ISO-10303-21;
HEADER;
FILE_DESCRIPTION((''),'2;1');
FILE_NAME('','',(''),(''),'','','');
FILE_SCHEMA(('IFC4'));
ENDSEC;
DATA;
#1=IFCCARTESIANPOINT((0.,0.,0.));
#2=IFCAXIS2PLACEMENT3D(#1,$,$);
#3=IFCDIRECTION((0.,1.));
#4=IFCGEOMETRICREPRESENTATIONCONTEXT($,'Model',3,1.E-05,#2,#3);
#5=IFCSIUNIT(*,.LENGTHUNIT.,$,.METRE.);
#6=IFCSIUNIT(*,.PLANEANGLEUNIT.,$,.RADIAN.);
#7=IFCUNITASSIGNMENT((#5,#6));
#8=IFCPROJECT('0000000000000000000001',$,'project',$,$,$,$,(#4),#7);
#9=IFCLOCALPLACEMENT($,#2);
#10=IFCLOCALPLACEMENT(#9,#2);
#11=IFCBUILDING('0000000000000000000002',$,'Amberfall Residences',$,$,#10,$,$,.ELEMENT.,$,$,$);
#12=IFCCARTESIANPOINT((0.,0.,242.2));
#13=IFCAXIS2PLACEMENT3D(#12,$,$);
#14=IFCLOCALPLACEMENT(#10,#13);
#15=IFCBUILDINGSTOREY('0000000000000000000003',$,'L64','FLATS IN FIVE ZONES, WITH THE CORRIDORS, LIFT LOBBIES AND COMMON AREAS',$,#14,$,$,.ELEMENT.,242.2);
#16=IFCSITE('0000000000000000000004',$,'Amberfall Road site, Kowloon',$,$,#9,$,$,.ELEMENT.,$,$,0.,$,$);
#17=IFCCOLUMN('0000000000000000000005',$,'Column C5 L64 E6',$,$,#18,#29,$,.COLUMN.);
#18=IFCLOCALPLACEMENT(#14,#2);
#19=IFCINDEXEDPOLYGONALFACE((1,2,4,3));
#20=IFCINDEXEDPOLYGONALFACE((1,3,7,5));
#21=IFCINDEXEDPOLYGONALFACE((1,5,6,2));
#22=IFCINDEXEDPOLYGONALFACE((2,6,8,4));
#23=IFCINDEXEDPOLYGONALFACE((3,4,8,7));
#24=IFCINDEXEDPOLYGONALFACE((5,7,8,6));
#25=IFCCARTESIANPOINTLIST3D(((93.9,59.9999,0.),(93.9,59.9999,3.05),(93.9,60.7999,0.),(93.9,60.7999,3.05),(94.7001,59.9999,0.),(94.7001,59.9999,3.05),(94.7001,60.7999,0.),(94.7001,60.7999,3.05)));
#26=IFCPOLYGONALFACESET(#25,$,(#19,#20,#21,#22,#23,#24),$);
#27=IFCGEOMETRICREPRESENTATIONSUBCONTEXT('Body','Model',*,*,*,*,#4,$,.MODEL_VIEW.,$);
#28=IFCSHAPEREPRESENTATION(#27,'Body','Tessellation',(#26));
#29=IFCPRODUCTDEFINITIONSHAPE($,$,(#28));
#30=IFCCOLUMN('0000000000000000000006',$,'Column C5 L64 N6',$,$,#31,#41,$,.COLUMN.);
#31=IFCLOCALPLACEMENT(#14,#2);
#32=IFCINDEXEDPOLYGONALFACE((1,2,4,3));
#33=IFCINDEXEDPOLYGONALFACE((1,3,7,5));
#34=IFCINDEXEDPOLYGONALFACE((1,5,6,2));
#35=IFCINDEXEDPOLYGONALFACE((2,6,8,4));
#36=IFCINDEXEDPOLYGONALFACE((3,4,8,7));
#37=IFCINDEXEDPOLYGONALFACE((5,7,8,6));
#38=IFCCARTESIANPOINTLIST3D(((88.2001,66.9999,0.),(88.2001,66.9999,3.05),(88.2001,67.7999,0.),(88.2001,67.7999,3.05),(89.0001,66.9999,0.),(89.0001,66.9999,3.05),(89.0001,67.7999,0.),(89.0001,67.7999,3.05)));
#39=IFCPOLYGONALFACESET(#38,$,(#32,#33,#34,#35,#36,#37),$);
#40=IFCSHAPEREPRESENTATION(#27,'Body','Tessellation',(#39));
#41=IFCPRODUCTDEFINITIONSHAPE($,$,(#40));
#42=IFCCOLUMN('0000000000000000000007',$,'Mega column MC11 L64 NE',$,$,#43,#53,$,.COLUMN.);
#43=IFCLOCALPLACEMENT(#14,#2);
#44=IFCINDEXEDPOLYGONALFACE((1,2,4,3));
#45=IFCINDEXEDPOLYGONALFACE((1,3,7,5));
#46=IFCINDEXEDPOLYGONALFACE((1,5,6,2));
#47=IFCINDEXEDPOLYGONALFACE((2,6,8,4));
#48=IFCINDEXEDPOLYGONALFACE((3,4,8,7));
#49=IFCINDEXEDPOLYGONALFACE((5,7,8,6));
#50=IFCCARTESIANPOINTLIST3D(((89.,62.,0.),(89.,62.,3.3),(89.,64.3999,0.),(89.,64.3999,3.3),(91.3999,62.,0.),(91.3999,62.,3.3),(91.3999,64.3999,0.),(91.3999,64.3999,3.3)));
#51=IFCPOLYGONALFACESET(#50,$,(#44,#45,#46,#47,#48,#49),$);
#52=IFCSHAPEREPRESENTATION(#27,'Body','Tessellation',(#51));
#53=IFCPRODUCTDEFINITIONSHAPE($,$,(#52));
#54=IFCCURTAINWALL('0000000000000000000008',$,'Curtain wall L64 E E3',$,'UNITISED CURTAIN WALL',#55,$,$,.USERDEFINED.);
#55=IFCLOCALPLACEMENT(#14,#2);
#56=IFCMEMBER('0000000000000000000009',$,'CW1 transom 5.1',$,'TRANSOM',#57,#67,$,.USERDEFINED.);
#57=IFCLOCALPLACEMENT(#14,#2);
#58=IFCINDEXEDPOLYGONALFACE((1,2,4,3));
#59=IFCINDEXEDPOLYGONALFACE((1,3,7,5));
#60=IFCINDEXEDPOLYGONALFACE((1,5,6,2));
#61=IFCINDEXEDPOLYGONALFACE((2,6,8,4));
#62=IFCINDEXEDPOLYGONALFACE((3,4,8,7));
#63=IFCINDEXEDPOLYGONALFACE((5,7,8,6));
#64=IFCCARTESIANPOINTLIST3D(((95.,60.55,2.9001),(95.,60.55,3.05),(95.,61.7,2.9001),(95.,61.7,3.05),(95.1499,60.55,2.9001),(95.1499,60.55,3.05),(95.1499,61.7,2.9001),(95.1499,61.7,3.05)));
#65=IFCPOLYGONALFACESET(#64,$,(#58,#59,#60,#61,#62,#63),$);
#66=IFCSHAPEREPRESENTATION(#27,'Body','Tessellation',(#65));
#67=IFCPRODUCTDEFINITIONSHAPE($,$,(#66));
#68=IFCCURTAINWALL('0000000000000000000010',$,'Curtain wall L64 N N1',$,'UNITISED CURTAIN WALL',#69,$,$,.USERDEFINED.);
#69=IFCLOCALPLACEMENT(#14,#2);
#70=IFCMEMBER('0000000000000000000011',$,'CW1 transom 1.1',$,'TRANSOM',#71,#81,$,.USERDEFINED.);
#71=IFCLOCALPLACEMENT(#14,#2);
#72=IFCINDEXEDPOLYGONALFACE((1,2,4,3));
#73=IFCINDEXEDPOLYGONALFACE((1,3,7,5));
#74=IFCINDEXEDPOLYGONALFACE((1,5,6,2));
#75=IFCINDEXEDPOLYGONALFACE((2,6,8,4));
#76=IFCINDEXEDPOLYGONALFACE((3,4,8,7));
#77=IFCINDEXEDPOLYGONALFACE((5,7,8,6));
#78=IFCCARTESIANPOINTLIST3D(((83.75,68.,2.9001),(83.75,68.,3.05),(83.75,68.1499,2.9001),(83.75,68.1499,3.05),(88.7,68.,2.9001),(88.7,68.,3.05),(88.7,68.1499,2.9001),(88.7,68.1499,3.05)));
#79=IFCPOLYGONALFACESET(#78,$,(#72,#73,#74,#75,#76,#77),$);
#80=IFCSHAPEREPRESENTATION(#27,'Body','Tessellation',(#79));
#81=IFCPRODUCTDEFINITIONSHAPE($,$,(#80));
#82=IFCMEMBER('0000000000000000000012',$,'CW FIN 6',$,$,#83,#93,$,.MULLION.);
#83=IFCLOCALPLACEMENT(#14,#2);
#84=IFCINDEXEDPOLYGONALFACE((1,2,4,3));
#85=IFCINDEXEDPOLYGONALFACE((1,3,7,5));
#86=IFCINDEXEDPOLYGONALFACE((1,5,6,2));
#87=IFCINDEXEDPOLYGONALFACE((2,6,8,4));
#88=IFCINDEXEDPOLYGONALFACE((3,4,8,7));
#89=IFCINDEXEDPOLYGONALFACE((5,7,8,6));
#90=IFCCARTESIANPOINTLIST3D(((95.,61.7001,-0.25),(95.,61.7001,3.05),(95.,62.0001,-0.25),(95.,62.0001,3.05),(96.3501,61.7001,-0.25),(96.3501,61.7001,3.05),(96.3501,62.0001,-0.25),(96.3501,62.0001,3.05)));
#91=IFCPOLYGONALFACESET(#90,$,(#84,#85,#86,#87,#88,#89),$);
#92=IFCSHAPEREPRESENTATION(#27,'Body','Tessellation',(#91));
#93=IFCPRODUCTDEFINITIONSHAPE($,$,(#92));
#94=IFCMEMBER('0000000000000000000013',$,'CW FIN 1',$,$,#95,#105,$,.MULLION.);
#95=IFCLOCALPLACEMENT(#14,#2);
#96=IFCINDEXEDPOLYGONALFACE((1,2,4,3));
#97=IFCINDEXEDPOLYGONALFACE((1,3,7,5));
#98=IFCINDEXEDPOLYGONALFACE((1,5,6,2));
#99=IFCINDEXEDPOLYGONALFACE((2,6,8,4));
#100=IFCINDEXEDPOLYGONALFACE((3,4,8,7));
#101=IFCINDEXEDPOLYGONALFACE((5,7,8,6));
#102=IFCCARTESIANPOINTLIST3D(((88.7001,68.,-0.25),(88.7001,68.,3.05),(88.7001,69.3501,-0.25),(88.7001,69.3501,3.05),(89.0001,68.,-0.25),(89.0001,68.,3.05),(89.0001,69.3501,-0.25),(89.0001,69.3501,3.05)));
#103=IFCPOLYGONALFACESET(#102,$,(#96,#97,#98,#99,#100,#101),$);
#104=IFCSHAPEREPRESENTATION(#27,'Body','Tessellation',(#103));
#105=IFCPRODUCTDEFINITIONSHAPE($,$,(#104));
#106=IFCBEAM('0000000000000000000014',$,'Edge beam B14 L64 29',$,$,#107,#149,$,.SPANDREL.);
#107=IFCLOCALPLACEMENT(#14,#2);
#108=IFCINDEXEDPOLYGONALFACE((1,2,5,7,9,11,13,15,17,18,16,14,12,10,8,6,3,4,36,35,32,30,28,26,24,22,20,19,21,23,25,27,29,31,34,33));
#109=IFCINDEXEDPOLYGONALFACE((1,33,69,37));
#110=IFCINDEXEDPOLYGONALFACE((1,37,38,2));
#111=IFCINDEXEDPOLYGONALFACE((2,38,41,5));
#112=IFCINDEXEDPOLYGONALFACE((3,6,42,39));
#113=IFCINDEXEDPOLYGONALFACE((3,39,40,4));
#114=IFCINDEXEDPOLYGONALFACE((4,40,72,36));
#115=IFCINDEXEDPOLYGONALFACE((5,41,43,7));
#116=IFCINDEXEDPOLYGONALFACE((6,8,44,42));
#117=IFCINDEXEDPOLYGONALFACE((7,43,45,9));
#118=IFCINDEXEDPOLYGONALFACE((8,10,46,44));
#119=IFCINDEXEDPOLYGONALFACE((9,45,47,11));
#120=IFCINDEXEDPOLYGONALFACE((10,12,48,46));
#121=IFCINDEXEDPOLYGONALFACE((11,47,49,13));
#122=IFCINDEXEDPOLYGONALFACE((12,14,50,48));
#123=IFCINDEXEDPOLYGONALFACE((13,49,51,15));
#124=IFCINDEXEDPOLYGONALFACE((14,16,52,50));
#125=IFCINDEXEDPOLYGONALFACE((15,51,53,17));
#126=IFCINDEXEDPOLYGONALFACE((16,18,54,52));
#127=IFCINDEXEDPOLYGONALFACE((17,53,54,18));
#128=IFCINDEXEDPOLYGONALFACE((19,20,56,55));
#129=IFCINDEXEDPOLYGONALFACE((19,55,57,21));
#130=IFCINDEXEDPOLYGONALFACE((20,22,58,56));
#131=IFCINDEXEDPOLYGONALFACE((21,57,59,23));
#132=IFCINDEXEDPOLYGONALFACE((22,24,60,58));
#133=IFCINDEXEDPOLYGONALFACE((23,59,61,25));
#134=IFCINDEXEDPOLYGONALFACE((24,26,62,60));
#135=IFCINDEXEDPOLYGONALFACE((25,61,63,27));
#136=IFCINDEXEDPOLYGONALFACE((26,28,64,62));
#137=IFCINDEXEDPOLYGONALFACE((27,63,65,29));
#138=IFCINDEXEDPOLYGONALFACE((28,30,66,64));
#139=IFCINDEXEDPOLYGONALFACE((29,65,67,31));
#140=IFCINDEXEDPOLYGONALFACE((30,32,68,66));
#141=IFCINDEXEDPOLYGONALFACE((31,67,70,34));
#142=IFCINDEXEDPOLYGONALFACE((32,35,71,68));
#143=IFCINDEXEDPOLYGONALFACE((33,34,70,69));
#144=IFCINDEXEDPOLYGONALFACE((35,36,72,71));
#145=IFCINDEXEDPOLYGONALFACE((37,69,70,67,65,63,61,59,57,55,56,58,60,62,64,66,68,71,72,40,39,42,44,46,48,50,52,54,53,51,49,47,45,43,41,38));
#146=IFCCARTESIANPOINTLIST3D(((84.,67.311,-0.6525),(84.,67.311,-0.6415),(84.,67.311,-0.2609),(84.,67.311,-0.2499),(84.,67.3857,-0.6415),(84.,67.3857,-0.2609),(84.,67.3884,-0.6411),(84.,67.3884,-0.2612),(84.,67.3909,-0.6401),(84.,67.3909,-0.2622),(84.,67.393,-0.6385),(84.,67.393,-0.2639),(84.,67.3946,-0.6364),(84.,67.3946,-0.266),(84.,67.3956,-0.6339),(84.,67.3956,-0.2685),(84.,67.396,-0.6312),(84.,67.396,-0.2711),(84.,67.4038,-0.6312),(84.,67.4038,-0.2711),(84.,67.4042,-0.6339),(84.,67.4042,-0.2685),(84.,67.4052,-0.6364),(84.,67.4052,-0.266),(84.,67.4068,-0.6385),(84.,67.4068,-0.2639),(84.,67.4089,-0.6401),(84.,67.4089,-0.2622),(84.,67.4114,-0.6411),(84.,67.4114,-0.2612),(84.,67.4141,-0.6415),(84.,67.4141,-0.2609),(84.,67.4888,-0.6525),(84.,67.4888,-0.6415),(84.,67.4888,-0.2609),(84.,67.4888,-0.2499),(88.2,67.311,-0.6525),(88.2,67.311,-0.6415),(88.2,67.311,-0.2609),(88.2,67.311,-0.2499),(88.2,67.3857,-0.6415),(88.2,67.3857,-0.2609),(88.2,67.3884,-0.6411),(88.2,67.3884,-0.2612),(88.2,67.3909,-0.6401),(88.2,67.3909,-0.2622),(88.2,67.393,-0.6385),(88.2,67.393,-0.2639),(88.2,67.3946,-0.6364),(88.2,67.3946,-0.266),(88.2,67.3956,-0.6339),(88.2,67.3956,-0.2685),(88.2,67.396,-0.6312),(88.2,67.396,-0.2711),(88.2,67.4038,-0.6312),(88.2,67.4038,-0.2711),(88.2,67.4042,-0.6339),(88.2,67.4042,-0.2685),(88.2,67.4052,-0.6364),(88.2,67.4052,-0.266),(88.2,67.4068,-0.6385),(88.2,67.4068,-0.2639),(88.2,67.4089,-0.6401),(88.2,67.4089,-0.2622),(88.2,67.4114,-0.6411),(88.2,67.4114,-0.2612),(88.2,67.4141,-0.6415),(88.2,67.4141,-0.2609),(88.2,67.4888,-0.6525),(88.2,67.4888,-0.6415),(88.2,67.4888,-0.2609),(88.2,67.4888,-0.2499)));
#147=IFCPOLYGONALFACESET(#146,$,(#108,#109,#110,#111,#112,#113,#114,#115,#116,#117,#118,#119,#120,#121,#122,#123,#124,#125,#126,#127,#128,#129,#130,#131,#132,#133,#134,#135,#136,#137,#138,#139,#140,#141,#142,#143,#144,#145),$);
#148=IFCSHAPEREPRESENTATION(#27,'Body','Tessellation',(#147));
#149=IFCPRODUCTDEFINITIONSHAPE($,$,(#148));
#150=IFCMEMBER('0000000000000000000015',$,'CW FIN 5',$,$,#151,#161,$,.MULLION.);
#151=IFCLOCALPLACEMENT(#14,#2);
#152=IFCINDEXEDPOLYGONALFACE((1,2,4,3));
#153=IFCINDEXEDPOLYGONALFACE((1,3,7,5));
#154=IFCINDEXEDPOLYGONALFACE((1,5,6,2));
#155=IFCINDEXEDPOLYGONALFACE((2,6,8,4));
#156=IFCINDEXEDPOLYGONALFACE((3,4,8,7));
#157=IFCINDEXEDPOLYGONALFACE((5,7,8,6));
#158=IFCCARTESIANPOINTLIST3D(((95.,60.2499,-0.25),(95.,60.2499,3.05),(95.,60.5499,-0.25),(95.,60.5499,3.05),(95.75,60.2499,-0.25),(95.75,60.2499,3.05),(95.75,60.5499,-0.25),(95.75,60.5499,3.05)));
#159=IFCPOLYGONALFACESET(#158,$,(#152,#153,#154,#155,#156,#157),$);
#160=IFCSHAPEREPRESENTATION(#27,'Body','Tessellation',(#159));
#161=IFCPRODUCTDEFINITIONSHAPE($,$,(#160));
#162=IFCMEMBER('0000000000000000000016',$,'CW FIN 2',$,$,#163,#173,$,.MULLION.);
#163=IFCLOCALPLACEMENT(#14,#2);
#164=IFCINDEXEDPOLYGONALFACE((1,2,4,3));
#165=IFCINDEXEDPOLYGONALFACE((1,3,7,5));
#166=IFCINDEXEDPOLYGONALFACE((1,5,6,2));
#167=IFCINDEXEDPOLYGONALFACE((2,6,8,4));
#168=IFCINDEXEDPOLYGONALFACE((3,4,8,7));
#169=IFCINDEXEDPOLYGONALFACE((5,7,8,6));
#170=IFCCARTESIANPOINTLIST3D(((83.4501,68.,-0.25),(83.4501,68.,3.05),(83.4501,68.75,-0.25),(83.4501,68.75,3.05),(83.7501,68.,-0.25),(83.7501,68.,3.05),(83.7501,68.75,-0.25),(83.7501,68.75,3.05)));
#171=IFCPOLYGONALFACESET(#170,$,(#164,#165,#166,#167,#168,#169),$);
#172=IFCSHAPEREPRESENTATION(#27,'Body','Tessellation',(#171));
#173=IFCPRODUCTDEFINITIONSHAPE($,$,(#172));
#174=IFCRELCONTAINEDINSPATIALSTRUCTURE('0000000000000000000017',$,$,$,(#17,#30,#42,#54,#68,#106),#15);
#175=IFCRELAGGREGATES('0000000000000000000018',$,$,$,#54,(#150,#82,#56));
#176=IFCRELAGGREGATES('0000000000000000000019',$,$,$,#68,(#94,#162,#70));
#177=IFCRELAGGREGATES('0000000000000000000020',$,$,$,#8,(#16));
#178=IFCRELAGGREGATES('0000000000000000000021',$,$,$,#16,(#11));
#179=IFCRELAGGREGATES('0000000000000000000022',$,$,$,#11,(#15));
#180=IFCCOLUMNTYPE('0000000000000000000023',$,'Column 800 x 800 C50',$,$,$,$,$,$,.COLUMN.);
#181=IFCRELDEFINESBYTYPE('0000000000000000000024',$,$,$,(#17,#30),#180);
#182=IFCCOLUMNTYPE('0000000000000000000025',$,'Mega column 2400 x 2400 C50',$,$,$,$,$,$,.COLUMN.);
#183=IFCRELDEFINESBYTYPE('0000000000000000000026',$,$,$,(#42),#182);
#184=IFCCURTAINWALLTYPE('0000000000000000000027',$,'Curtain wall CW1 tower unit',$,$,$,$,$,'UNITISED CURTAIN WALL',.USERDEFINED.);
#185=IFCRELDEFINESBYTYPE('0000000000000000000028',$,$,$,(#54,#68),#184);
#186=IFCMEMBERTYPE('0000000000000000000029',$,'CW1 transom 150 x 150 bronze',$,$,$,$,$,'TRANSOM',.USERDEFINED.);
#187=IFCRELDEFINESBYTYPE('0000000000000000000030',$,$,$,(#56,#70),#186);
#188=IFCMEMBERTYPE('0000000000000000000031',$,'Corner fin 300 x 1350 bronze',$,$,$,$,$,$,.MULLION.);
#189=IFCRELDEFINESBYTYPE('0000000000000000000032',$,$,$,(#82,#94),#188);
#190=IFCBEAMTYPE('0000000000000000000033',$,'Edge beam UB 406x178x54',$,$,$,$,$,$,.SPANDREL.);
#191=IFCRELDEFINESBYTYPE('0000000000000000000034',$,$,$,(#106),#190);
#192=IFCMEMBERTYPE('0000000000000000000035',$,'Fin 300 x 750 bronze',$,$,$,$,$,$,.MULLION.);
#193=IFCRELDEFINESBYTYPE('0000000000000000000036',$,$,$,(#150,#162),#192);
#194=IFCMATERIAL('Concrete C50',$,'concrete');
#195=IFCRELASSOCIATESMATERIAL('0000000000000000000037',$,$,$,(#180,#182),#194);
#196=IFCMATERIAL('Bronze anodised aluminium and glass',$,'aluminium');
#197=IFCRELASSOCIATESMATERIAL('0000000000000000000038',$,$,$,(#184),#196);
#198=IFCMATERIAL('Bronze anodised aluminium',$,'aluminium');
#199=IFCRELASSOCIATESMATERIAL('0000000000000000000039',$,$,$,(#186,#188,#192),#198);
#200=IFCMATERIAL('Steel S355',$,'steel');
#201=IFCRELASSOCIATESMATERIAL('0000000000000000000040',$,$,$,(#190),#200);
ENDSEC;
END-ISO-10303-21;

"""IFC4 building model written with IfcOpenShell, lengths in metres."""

from ifc_helpers import new_model, si_unit, direction, frame, origin, origin_2d, place, context, subcontext, project, spatial, rectangle, i_section, extrude, material, material_profile, profile_set, type_object, element, aggregate, save


model = new_model("IFC4")

# Units and contexts
model_context = context("Model", 3, precision=1e-05, world=origin(), true_north=direction((0.0, 1.0)))
body_context = subcontext(model_context, "Body", "Model", "MODEL_VIEW")
ifc_project = project(units=[si_unit("LENGTHUNIT", "METRE"), si_unit("PLANEANGLEUNIT", "RADIAN")], contexts=[model_context])

# Site, building, storey
site_placement = place(None, origin())
site = spatial("IfcSite", under=ifc_project, at=site_placement, Name="Amberfall Road site, Kowloon", CompositionType="ELEMENT", RefElevation=0.0)
building_placement = place(site_placement, origin())
building = spatial("IfcBuilding", under=site, at=building_placement, Name="Amberfall Residences", CompositionType="ELEMENT")
storey_placement = place(building_placement, frame((0.0, 0.0, 242.2)))
storey = spatial("IfcBuildingStorey", under=building, at=storey_placement, Name="L64", Description="FLATS IN FIVE ZONES, WITH THE CORRIDORS, LIFT LOBBIES AND COMMON AREAS", CompositionType="ELEMENT", Elevation=242.2)

# Columns
ifc_material_1 = material(Name="Concrete C50", Category="concrete")
ifc_material_profile_1 = material_profile(ifc_material_1, rectangle(XDim=0.8, YDim=0.8, at=origin_2d()), Name="Column 800 x 800 C50")
ifc_profile_set_1 = profile_set([ifc_material_profile_1], Name="Concrete C50")
column_type_1 = type_object("IfcColumnType", Name="Column 800 x 800 C50", PredefinedType="COLUMN", material=ifc_profile_set_1)
for number, where, z_axis, x_axis, name in (
    (1, (94.3, 60.3999, 0.0), (0.0, 0.0, 1.0), (1.0, 0.0, 0.0), "Column C5 L64 E6"),
    (2, (88.6001, 67.3999, 0.0), (0.0, 0.0, 1.0), (1.0, 0.0, 0.0), "Column C5 L64 N6"),
):
    element("IfcColumn", number, at=place(storey_placement, frame(where, z_axis=z_axis, x_axis=x_axis)), inside=storey, type_object=column_type_1, Name=name, PredefinedType="COLUMN", context=body_context, shape_type="SweptSolid", body=[
        extrude(rectangle(XDim=0.8, YDim=0.8, at=origin_2d()), origin(), (0.0, 0.0, 1.0), 3.05),
    ])
ifc_material_profile_2 = material_profile(ifc_material_1, rectangle(XDim=2.3999, YDim=2.3999, at=origin_2d()), Name="Mega column 2400 x 2400 C50")
ifc_profile_set_2 = profile_set([ifc_material_profile_2], Name="Concrete C50")
column_type_2 = type_object("IfcColumnType", Name="Mega column 2400 x 2400 C50", PredefinedType="COLUMN", material=ifc_profile_set_2)
column_placement = place(storey_placement, frame((90.2, 63.2, 0.0), z_axis=(0.0, 0.0, 1.0), x_axis=(1.0, 0.0, 0.0)))
element("IfcColumn", 3, at=column_placement, inside=storey, type_object=column_type_2, Name="Mega column MC11 L64 NE", PredefinedType="COLUMN", context=body_context, shape_type="SweptSolid", body=[
    extrude(rectangle(XDim=2.3999, YDim=2.3999, at=origin_2d()), origin(), (0.0, 0.0, 1.0), 3.3),
])

# Curtain walls, members
ifc_material_2 = material(Name="Bronze anodised aluminium and glass", Category="aluminium")
curtain_wall_type = type_object("IfcCurtainWallType", Name="Curtain wall CW1 tower unit", ElementType="UNITISED CURTAIN WALL", PredefinedType="USERDEFINED", material=ifc_material_2)
curtain_wall_1_placement = place(storey_placement, origin())
curtain_wall_1 = element("IfcCurtainWall", 4, at=curtain_wall_1_placement, inside=storey, type_object=curtain_wall_type, Name="Curtain wall L64 E E3", ObjectType="UNITISED CURTAIN WALL", PredefinedType="USERDEFINED")
ifc_material_3 = material(Name="Bronze anodised aluminium", Category="aluminium")
ifc_material_profile_3 = material_profile(ifc_material_3, rectangle(XDim=0.1499, YDim=0.1499, at=origin_2d()), Name="CW1 transom 150 x 150 bronze")
ifc_profile_set_3 = profile_set([ifc_material_profile_3], Name="Bronze anodised aluminium")
member_type_1 = type_object("IfcMemberType", Name="CW1 transom 150 x 150 bronze", ElementType="TRANSOM", PredefinedType="USERDEFINED", material=ifc_profile_set_3)
member_1_placement = place(storey_placement, frame((95.075, 60.55, 2.9751), z_axis=(0.0, 1.0, 0.0), x_axis=(-1.0, 0.0, 0.0)))
member_1 = element("IfcMember", 5, at=member_1_placement, type_object=member_type_1, Name="CW1 transom 5.1", ObjectType="TRANSOM", PredefinedType="USERDEFINED", context=body_context, shape_type="SweptSolid", body=[
    extrude(rectangle(XDim=0.1499, YDim=0.1499, at=origin_2d()), origin(), (0.0, 0.0, 1.0), 1.1499),
])
curtain_wall_2_placement = place(storey_placement, origin())
curtain_wall_2 = element("IfcCurtainWall", 6, at=curtain_wall_2_placement, inside=storey, type_object=curtain_wall_type, Name="Curtain wall L64 N N1", ObjectType="UNITISED CURTAIN WALL", PredefinedType="USERDEFINED")
member_2_placement = place(storey_placement, frame((88.7, 68.075, 2.9751), z_axis=(-1.0, 0.0, 0.0), x_axis=(0.0, -1.0, 0.0)))
member_2 = element("IfcMember", 7, at=member_2_placement, type_object=member_type_1, Name="CW1 transom 1.1", ObjectType="TRANSOM", PredefinedType="USERDEFINED", context=body_context, shape_type="SweptSolid", body=[
    extrude(rectangle(XDim=0.1499, YDim=0.1499, at=origin_2d()), origin(), (0.0, 0.0, 1.0), 4.95),
])

# Members
ifc_material_profile_4 = material_profile(ifc_material_3, rectangle(XDim=1.3501, YDim=0.3, at=origin_2d()), Name="Corner fin 300 x 1350 bronze")
ifc_profile_set_4 = profile_set([ifc_material_profile_4], Name="Bronze anodised aluminium")
member_type_2 = type_object("IfcMemberType", Name="Corner fin 300 x 1350 bronze", PredefinedType="MULLION", material=ifc_profile_set_4)
member_3_placement = place(storey_placement, frame((95.675, 61.8501, -0.25), z_axis=(0.0, 0.0, 1.0), x_axis=(-1.0, 0.0, 0.0)))
member_3 = element("IfcMember", 8, at=member_3_placement, type_object=member_type_2, Name="CW FIN 6", PredefinedType="MULLION", context=body_context, shape_type="SweptSolid", body=[
    extrude(rectangle(XDim=1.3501, YDim=0.3, at=origin_2d()), origin(), (0.0, 0.0, 1.0), 3.3),
])
member_4_placement = place(storey_placement, frame((88.8501, 68.675, -0.25), z_axis=(0.0, 0.0, 1.0), x_axis=(0.0, -1.0, 0.0)))
member_4 = element("IfcMember", 9, at=member_4_placement, type_object=member_type_2, Name="CW FIN 1", PredefinedType="MULLION", context=body_context, shape_type="SweptSolid", body=[
    extrude(rectangle(XDim=1.3501, YDim=0.3, at=origin_2d()), origin(), (0.0, 0.0, 1.0), 3.3),
])

# Beam
ifc_material_4 = material(Name="Steel S355", Category="steel")
ifc_material_profile_5 = material_profile(ifc_material_4, i_section(OverallWidth=0.1777, OverallDepth=0.4026, WebThickness=0.0078, FlangeThickness=0.011, FilletRadius=0.0103, at=origin_2d()), Name="UB 406x178x54")
ifc_profile_set_5 = profile_set([ifc_material_profile_5], Name="Steel S355")
beam_type_1 = type_object("IfcBeamType", Name="Edge beam UB 406x178x54", PredefinedType="SPANDREL", material=ifc_profile_set_5)
beam_1_placement = place(storey_placement, frame((84.0, 67.3999, -0.4512), z_axis=(1.0, 0.0, 0.0), x_axis=(0.0, 1.0, 0.0)))
element("IfcBeam", 10, at=beam_1_placement, inside=storey, type_object=beam_type_1, Name="Edge beam B14 L64 29", PredefinedType="SPANDREL", context=body_context, shape_type="SweptSolid", body=[
    extrude(i_section(OverallWidth=0.1777, OverallDepth=0.4026, WebThickness=0.0078, FlangeThickness=0.011, FilletRadius=0.0103, at=origin_2d()), origin(), (0.0, 0.0, 1.0), 4.2),
])

# Members
ifc_material_profile_6 = material_profile(ifc_material_3, rectangle(XDim=0.75, YDim=0.3, at=origin_2d()), Name="Fin 300 x 750 bronze")
ifc_profile_set_6 = profile_set([ifc_material_profile_6], Name="Bronze anodised aluminium")
member_type_3 = type_object("IfcMemberType", Name="Fin 300 x 750 bronze", PredefinedType="MULLION", material=ifc_profile_set_6)
member_5_placement = place(storey_placement, frame((95.375, 60.3999, -0.25), z_axis=(0.0, 0.0, 1.0), x_axis=(-1.0, 0.0, 0.0)))
member_5 = element("IfcMember", 11, at=member_5_placement, type_object=member_type_3, Name="CW FIN 5", PredefinedType="MULLION", context=body_context, shape_type="SweptSolid", body=[
    extrude(rectangle(XDim=0.75, YDim=0.3, at=origin_2d()), origin(), (0.0, 0.0, 1.0), 3.3),
])
member_6_placement = place(storey_placement, frame((83.6001, 68.375, -0.25), z_axis=(0.0, 0.0, 1.0), x_axis=(0.0, -1.0, 0.0)))
member_6 = element("IfcMember", 12, at=member_6_placement, type_object=member_type_3, Name="CW FIN 2", PredefinedType="MULLION", context=body_context, shape_type="SweptSolid", body=[
    extrude(rectangle(XDim=0.75, YDim=0.3, at=origin_2d()), origin(), (0.0, 0.0, 1.0), 3.3),
])

aggregate(curtain_wall_1, [member_5, member_3, member_1])
aggregate(curtain_wall_2, [member_4, member_6, member_2])

save(model, "model.ifc")
